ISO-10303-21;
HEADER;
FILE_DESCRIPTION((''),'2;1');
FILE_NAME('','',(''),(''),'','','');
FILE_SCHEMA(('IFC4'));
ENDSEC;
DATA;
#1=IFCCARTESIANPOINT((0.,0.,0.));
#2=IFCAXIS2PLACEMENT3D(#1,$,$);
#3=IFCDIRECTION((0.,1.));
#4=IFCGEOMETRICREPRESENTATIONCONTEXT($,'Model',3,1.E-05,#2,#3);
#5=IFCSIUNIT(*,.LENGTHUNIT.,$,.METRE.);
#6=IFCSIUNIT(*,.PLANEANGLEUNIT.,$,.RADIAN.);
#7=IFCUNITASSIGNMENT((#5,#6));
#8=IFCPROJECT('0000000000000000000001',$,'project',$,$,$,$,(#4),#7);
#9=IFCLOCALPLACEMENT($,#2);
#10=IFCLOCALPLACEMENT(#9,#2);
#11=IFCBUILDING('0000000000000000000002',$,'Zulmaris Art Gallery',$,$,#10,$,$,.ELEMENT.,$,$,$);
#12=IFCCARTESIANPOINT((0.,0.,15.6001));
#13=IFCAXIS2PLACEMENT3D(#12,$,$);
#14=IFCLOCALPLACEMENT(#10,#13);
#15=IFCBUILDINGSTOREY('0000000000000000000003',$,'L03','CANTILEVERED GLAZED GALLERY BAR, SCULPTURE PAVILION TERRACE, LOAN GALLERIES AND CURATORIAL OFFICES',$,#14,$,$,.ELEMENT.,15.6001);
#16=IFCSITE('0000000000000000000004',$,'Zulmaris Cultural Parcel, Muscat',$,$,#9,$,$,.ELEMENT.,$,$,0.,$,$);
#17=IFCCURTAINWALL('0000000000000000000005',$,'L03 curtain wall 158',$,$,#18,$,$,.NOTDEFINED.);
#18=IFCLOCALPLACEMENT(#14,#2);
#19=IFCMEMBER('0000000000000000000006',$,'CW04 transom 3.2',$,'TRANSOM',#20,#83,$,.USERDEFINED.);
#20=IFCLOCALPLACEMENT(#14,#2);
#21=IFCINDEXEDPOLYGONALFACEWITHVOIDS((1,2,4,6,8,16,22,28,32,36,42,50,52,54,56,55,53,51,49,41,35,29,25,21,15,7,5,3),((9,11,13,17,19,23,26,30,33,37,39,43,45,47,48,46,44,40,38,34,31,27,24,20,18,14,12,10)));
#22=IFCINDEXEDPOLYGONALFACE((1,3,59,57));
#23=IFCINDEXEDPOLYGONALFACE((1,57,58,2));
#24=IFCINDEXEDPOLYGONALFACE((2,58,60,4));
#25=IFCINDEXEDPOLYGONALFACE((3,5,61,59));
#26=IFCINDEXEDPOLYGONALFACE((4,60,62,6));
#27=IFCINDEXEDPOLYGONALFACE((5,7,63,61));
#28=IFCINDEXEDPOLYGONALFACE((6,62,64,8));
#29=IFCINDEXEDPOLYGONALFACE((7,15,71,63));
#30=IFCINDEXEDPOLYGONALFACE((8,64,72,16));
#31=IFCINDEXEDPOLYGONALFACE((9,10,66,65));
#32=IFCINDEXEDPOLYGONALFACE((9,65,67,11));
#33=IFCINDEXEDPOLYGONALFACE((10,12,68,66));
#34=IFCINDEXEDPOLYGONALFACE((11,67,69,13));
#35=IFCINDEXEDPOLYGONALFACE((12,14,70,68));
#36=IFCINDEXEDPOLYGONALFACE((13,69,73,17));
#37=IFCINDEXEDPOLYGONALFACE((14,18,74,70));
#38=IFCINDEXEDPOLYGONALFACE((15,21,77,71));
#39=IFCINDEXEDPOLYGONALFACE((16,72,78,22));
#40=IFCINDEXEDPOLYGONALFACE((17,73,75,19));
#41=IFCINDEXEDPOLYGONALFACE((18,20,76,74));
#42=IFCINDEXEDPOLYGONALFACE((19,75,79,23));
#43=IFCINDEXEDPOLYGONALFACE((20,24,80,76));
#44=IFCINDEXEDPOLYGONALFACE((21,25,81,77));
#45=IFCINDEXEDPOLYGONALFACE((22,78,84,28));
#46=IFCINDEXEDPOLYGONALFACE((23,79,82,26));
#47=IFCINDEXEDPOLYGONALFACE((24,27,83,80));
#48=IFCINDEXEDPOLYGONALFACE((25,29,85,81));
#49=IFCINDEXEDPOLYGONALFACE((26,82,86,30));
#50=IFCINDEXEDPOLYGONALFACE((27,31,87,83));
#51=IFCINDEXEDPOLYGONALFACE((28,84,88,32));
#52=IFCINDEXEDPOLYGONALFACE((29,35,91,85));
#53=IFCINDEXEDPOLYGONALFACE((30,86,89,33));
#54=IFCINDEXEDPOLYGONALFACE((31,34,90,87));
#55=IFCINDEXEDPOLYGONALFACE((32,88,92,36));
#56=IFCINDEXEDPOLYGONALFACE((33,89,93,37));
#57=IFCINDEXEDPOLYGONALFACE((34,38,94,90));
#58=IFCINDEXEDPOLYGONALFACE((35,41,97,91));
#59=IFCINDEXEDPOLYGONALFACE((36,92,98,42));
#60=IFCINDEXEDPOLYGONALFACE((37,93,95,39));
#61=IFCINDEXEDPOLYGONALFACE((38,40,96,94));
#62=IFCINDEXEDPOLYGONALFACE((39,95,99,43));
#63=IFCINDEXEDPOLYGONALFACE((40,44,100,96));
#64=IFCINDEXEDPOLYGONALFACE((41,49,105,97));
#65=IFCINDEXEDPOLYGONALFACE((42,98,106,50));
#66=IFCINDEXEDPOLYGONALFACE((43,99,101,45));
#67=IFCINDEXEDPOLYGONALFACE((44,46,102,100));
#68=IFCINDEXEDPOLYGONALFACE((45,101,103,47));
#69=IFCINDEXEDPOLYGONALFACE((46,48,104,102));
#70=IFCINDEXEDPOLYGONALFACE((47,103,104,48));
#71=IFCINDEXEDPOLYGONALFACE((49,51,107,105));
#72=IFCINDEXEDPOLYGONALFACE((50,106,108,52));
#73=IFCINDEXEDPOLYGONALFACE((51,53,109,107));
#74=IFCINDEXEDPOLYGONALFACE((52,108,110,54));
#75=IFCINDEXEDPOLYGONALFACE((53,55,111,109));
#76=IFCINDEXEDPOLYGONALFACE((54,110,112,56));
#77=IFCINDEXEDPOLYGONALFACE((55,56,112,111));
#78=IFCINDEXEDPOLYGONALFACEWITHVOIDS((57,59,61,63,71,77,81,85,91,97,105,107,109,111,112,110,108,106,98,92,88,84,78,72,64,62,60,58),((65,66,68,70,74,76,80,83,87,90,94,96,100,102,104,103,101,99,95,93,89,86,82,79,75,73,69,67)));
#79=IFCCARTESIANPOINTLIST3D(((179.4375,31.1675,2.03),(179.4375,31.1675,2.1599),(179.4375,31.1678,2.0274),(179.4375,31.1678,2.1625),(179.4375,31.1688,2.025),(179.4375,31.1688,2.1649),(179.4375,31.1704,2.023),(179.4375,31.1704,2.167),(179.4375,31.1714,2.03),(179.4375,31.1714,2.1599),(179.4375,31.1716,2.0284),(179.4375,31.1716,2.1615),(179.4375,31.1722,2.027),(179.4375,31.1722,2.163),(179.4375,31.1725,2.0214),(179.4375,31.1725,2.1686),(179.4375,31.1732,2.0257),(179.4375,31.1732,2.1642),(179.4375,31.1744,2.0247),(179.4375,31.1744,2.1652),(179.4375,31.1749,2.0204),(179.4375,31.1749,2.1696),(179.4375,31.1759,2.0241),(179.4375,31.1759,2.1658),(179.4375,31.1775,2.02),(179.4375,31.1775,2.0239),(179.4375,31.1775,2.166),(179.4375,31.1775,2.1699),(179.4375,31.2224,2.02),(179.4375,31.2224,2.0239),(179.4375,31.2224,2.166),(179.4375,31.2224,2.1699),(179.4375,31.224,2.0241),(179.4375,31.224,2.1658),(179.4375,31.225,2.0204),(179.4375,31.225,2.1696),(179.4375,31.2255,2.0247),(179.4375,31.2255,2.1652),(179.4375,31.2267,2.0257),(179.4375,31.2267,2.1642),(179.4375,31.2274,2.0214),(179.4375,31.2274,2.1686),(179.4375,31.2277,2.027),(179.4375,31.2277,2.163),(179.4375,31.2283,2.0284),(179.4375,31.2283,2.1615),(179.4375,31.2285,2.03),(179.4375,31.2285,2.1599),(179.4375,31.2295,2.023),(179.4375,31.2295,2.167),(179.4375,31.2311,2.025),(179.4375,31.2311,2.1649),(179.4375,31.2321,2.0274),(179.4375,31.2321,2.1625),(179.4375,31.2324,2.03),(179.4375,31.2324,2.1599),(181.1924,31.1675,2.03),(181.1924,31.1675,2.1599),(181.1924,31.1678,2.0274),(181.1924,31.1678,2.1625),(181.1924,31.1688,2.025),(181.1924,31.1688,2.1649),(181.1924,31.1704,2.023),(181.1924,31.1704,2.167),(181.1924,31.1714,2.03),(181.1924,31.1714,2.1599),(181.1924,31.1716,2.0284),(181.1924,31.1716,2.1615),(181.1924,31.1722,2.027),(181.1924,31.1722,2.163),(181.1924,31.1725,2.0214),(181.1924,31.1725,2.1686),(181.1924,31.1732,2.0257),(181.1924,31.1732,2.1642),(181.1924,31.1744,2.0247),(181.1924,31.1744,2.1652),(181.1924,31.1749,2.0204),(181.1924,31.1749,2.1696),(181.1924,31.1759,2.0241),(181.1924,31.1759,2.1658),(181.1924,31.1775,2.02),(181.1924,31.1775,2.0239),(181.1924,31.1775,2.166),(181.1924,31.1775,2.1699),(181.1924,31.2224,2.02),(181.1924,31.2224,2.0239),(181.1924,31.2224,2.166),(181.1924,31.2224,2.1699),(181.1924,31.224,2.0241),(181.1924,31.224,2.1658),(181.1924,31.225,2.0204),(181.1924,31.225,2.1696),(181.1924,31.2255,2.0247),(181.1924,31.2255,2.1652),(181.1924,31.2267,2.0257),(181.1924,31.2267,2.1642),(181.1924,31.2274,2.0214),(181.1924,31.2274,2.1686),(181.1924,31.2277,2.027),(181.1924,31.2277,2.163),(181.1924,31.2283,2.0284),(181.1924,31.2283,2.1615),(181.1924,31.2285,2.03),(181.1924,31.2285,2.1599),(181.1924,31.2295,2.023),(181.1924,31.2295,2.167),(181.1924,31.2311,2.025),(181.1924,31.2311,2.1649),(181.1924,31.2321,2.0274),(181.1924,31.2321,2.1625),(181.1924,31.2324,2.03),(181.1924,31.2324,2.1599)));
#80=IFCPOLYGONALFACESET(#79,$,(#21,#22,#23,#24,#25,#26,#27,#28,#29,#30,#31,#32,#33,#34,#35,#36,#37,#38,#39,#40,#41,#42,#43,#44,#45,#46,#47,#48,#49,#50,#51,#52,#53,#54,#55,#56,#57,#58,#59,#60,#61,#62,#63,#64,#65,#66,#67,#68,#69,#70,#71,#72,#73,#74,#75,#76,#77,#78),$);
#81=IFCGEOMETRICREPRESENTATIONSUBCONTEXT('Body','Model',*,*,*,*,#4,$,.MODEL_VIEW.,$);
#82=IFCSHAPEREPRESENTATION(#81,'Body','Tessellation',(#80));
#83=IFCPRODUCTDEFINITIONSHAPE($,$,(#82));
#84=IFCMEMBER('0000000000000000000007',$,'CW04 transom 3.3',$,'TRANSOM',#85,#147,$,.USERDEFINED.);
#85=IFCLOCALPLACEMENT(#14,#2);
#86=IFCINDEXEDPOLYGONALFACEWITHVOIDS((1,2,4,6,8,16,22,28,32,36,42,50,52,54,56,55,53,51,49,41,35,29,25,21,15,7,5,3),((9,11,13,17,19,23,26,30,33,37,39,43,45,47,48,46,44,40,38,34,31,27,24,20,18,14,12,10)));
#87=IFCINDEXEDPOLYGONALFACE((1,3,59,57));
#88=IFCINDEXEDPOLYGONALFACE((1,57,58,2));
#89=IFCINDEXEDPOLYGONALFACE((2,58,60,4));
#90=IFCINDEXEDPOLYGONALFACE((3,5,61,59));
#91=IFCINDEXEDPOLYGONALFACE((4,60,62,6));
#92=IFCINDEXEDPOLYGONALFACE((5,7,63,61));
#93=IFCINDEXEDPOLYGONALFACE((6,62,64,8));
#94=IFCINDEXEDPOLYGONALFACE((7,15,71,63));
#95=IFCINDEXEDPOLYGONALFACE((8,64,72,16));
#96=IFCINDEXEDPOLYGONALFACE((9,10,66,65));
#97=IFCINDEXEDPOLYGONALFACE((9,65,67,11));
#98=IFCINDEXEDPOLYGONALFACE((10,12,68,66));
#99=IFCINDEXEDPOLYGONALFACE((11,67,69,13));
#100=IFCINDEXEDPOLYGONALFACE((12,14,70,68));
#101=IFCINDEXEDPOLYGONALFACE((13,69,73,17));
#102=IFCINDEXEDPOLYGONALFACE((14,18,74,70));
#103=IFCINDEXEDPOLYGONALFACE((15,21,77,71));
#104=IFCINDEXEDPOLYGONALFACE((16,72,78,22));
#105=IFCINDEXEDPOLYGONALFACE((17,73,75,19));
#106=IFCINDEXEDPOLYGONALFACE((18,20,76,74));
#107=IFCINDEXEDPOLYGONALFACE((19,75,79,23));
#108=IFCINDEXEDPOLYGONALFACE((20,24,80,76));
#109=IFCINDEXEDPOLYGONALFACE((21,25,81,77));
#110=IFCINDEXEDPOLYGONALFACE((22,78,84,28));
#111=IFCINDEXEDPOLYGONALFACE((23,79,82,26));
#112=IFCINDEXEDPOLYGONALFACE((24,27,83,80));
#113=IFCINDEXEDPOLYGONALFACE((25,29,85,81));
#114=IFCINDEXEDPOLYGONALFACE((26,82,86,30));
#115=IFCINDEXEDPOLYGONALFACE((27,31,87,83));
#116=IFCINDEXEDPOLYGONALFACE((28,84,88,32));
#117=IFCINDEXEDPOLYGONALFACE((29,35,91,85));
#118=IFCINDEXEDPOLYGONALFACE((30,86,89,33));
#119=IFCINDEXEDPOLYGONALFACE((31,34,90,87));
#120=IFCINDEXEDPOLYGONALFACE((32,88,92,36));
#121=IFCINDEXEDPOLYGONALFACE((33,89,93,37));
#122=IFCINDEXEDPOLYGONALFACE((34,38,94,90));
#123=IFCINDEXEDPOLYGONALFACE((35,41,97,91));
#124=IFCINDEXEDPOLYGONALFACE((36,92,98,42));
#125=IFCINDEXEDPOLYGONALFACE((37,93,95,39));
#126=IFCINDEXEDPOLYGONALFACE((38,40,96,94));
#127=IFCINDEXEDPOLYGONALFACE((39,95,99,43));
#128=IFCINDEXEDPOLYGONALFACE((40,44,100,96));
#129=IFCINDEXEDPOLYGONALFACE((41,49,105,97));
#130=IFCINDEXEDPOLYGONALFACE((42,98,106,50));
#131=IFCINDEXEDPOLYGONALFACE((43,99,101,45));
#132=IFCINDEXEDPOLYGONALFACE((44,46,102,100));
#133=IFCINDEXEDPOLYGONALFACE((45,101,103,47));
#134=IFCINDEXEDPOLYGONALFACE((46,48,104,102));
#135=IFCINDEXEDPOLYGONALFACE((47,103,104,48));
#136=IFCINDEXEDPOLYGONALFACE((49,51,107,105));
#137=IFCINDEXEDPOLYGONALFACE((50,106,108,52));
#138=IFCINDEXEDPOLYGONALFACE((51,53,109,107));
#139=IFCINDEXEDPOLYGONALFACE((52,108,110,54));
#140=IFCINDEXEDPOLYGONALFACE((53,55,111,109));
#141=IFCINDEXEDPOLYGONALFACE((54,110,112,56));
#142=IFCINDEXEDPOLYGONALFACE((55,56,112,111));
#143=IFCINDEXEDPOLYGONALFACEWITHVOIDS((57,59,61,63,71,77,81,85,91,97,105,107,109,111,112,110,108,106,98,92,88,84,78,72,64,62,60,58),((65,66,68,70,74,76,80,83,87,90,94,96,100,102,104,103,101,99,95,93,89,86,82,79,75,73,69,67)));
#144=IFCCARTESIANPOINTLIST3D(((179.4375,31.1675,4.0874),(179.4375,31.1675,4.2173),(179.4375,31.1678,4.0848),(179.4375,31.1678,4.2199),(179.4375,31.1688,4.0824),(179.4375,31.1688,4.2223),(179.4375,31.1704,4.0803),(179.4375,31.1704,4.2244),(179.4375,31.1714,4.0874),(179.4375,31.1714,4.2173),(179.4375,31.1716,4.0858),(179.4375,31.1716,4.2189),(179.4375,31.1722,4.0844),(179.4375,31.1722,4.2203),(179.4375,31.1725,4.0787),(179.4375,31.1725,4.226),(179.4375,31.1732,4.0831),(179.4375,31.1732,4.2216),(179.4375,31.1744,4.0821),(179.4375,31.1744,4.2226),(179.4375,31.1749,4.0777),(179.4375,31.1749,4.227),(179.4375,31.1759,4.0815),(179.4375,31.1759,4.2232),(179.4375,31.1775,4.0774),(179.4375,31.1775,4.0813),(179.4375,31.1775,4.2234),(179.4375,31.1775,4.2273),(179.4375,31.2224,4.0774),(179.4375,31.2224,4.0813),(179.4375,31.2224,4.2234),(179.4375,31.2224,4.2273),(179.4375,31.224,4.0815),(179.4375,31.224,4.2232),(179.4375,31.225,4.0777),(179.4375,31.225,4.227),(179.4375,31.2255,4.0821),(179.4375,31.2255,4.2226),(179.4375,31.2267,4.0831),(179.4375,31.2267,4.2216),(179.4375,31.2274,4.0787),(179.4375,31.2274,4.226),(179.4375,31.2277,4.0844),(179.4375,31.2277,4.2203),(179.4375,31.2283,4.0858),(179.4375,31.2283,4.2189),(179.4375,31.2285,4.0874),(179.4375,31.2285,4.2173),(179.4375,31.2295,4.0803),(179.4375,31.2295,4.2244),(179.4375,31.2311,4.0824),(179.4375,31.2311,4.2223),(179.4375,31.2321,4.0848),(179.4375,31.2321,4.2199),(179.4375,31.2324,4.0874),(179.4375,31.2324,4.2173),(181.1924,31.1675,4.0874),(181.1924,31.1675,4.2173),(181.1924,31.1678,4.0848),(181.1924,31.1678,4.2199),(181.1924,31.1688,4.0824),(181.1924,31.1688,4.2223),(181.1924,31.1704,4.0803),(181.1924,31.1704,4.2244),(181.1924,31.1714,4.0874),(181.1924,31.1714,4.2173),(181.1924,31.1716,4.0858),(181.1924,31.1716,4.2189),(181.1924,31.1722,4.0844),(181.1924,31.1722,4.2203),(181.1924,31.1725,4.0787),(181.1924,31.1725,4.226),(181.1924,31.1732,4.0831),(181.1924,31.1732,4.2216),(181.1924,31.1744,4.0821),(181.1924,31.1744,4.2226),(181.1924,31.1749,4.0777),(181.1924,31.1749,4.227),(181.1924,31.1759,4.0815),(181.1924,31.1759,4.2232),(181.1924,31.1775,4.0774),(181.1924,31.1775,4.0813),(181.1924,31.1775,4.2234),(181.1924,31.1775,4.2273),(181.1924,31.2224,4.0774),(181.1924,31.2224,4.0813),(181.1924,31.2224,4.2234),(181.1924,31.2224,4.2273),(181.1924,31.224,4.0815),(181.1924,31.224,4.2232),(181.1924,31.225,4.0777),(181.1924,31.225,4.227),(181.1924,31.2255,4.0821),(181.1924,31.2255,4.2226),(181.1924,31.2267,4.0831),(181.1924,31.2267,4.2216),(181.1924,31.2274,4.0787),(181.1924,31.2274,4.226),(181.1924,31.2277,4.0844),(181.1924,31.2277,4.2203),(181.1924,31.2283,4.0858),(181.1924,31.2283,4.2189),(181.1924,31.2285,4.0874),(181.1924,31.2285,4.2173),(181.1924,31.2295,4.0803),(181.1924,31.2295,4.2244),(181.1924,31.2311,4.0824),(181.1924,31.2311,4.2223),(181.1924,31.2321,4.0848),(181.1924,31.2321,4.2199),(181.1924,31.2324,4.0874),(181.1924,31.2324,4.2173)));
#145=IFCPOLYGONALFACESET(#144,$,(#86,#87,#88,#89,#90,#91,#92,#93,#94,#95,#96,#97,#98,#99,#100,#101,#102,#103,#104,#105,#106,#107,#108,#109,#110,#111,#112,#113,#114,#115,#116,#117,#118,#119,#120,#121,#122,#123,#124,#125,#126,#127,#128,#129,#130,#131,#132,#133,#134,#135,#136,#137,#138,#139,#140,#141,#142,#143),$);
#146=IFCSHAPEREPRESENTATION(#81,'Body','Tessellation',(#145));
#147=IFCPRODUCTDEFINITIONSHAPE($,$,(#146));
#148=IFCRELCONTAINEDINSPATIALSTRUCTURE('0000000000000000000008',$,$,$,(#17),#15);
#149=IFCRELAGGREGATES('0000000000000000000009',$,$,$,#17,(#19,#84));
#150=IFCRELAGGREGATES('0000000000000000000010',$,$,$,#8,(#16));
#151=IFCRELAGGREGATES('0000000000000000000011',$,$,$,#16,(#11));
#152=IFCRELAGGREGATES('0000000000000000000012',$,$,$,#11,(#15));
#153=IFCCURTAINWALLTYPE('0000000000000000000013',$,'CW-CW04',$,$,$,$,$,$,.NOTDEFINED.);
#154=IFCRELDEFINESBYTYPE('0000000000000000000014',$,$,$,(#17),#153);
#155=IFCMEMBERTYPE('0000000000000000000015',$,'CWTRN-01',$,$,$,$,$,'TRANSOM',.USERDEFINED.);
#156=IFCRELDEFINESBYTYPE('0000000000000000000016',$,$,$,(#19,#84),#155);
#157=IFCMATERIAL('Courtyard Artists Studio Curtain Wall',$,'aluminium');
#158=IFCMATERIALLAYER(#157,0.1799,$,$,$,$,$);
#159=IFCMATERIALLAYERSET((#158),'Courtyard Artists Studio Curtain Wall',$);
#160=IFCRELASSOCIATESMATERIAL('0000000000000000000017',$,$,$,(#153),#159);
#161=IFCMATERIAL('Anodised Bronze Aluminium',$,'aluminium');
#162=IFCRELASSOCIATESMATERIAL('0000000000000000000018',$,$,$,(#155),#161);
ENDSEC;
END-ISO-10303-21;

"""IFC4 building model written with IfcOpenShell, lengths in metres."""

from ifc_helpers import new_model, si_unit, direction, frame, origin, origin_2d, place, context, subcontext, project, spatial, hollow_rectangle, extrude, material, layer, layer_set, material_profile, profile_set, type_object, element, aggregate, save


model = new_model("IFC4")

# Units and contexts
model_context = context("Model", 3, precision=1e-05, world=origin(), true_north=direction((0.0, 1.0)))
body_context = subcontext(model_context, "Body", "Model", "MODEL_VIEW")
ifc_project = project(units=[si_unit("LENGTHUNIT", "METRE"), si_unit("PLANEANGLEUNIT", "RADIAN")], contexts=[model_context])

# Site, building, storey
site_placement = place(None, origin())
site = spatial("IfcSite", under=ifc_project, at=site_placement, Name="Zulmaris Cultural Parcel, Muscat", CompositionType="ELEMENT", RefElevation=0.0)
building_placement = place(site_placement, origin())
building = spatial("IfcBuilding", under=site, at=building_placement, Name="Zulmaris Art Gallery", CompositionType="ELEMENT")
storey_placement = place(building_placement, frame((0.0, 0.0, 15.6001)))
storey = spatial("IfcBuildingStorey", under=building, at=storey_placement, Name="L03", Description="CANTILEVERED GLAZED GALLERY BAR, SCULPTURE PAVILION TERRACE, LOAN GALLERIES AND CURATORIAL OFFICES", CompositionType="ELEMENT", Elevation=15.6001)

# Curtain wall, members
ifc_material_1 = material(Name="Courtyard Artists Studio Curtain Wall", Category="aluminium")
ifc_layer_1 = layer(ifc_material_1, 0.1799)
ifc_layer_set_1 = layer_set([ifc_layer_1], Name="Courtyard Artists Studio Curtain Wall")
curtain_wall_type = type_object("IfcCurtainWallType", Name="CW-CW04", PredefinedType="NOTDEFINED", material=ifc_layer_set_1)
curtain_wall_placement = place(storey_placement, origin())
curtain_wall = element("IfcCurtainWall", 1, at=curtain_wall_placement, inside=storey, type_object=curtain_wall_type, Name="L03 curtain wall 158", PredefinedType="NOTDEFINED")
ifc_material_2 = material(Name="Anodised Bronze Aluminium", Category="aluminium")
ifc_material_profile_1 = material_profile(ifc_material_2, hollow_rectangle(XDim=0.0649, YDim=0.1499, WallThickness=0.0039, InnerFilletRadius=0.0061, OuterFilletRadius=0.01, at=origin_2d()), Name="ALU 65x150x4")
ifc_profile_set_1 = profile_set([ifc_material_profile_1], Name="Anodised Bronze Aluminium")
member_type_1 = type_object("IfcMemberType", Name="CWTRN-01", ElementType="TRANSOM", PredefinedType="USERDEFINED", material=ifc_profile_set_1)
member_1_placement = place(storey_placement, frame((179.4375, 31.2, 2.095), z_axis=(1.0, 0.0, 0.0), x_axis=(0.0, 1.0, 0.0)))
member_1 = element("IfcMember", 2, at=member_1_placement, type_object=member_type_1, Name="CW04 transom 3.2", ObjectType="TRANSOM", PredefinedType="USERDEFINED", context=body_context, shape_type="SweptSolid", body=[
    extrude(hollow_rectangle(XDim=0.0649, YDim=0.1499, WallThickness=0.0039, InnerFilletRadius=0.0061, OuterFilletRadius=0.01, at=origin_2d()), origin(), (0.0, 0.0, 1.0), 1.7549),
])
member_2_placement = place(storey_placement, frame((179.4375, 31.2, 4.1523), z_axis=(1.0, 0.0, 0.0), x_axis=(0.0, 1.0, 0.0)))
member_2 = element("IfcMember", 3, at=member_2_placement, type_object=member_type_1, Name="CW04 transom 3.3", ObjectType="TRANSOM", PredefinedType="USERDEFINED", context=body_context, shape_type="SweptSolid", body=[
    extrude(hollow_rectangle(XDim=0.0649, YDim=0.1499, WallThickness=0.0039, InnerFilletRadius=0.0061, OuterFilletRadius=0.01, at=origin_2d()), origin(), (0.0, 0.0, 1.0), 1.7549),
])
aggregate(curtain_wall, [member_1, member_2])

save(model, "model.ifc")
